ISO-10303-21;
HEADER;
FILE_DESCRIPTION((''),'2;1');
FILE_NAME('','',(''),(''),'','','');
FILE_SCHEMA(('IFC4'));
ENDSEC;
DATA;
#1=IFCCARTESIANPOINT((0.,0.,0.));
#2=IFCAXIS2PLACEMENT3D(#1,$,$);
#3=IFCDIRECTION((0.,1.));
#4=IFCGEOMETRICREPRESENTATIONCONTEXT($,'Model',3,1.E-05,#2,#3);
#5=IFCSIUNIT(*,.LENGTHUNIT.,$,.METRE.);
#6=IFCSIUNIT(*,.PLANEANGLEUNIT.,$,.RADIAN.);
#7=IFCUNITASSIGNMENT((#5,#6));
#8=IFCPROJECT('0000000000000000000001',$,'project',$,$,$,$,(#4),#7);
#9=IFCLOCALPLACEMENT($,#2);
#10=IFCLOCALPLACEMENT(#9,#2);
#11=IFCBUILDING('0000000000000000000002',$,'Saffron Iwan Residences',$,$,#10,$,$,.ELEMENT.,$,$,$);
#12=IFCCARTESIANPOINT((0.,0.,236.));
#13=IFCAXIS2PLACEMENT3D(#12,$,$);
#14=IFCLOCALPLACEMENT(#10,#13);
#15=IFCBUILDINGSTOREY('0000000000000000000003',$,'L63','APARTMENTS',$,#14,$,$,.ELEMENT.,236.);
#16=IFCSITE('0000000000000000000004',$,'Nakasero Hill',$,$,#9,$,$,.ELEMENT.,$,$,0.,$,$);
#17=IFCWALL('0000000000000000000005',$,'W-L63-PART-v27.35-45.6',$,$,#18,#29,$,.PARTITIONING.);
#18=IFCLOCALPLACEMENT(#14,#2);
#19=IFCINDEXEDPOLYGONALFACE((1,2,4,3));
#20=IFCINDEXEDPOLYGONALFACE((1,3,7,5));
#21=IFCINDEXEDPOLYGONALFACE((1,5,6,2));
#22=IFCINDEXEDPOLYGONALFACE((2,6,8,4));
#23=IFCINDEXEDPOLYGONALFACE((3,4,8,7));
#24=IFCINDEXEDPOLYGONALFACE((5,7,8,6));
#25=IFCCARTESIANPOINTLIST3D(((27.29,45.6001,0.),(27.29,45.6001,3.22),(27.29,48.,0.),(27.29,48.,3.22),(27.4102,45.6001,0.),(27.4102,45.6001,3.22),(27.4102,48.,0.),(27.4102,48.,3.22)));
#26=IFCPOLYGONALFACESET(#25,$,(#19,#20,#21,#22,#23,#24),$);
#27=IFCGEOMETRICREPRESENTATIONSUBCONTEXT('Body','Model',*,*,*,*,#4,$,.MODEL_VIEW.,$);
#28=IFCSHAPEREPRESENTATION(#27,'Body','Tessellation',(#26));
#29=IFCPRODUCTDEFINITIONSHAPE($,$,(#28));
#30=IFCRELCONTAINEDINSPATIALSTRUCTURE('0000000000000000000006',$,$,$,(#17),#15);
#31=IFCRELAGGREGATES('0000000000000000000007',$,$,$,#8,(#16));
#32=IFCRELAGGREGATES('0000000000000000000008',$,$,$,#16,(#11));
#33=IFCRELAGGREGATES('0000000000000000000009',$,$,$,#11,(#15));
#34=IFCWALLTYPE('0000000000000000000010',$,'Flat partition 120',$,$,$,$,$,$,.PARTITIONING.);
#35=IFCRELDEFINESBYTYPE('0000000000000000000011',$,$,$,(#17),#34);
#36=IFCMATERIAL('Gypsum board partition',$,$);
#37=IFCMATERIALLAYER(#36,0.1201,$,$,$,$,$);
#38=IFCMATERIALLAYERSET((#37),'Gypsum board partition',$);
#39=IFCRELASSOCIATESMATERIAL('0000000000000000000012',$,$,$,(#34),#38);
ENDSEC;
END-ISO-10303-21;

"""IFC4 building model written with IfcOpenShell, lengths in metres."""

from ifc_helpers import new_model, si_unit, direction, frame, frame_2d, origin, place, context, subcontext, project, spatial, rectangle, extrude, material, layer, layer_set, type_object, element, save


model = new_model("IFC4")

# Units and contexts
model_context = context("Model", 3, precision=1e-05, world=origin(), true_north=direction((0.0, 1.0)))
body_context = subcontext(model_context, "Body", "Model", "MODEL_VIEW")
ifc_project = project(units=[si_unit("LENGTHUNIT", "METRE"), si_unit("PLANEANGLEUNIT", "RADIAN")], contexts=[model_context])

# Site, building, storey
site_placement = place(None, origin())
site = spatial("IfcSite", under=ifc_project, at=site_placement, Name="Nakasero Hill", CompositionType="ELEMENT", RefElevation=0.0)
building_placement = place(site_placement, origin())
building = spatial("IfcBuilding", under=site, at=building_placement, Name="Saffron Iwan Residences", CompositionType="ELEMENT")
storey_placement = place(building_placement, frame((0.0, 0.0, 236.0)))
storey = spatial("IfcBuildingStorey", under=building, at=storey_placement, Name="L63", Description="APARTMENTS", CompositionType="ELEMENT", Elevation=236.0)

# Shared definitions
ifc_material_1 = material(Name="Gypsum board partition")
ifc_layer_1 = layer(ifc_material_1, 0.1201)
ifc_layer_set_1 = layer_set([ifc_layer_1], Name="Gypsum board partition")
wall_type_1 = type_object("IfcWallType", Name="Flat partition 120", PredefinedType="PARTITIONING", material=ifc_layer_set_1)

# Wall
wall_1_placement = place(storey_placement, frame((27.3501, 45.6001, 0.0), z_axis=(0.0, 0.0, 1.0), x_axis=(0.0, 1.0, 0.0)))
element("IfcWall", 1, at=wall_1_placement, inside=storey, type_object=wall_type_1, Name="W-L63-PART-v27.35-45.6", PredefinedType="PARTITIONING", context=body_context, shape_type="SweptSolid", body=[
    extrude(rectangle(XDim=2.3999, YDim=0.1201, at=frame_2d((1.2, 0.0))), origin(), (0.0, 0.0, 1.0), 3.22),
])

save(model, "model.ifc")
